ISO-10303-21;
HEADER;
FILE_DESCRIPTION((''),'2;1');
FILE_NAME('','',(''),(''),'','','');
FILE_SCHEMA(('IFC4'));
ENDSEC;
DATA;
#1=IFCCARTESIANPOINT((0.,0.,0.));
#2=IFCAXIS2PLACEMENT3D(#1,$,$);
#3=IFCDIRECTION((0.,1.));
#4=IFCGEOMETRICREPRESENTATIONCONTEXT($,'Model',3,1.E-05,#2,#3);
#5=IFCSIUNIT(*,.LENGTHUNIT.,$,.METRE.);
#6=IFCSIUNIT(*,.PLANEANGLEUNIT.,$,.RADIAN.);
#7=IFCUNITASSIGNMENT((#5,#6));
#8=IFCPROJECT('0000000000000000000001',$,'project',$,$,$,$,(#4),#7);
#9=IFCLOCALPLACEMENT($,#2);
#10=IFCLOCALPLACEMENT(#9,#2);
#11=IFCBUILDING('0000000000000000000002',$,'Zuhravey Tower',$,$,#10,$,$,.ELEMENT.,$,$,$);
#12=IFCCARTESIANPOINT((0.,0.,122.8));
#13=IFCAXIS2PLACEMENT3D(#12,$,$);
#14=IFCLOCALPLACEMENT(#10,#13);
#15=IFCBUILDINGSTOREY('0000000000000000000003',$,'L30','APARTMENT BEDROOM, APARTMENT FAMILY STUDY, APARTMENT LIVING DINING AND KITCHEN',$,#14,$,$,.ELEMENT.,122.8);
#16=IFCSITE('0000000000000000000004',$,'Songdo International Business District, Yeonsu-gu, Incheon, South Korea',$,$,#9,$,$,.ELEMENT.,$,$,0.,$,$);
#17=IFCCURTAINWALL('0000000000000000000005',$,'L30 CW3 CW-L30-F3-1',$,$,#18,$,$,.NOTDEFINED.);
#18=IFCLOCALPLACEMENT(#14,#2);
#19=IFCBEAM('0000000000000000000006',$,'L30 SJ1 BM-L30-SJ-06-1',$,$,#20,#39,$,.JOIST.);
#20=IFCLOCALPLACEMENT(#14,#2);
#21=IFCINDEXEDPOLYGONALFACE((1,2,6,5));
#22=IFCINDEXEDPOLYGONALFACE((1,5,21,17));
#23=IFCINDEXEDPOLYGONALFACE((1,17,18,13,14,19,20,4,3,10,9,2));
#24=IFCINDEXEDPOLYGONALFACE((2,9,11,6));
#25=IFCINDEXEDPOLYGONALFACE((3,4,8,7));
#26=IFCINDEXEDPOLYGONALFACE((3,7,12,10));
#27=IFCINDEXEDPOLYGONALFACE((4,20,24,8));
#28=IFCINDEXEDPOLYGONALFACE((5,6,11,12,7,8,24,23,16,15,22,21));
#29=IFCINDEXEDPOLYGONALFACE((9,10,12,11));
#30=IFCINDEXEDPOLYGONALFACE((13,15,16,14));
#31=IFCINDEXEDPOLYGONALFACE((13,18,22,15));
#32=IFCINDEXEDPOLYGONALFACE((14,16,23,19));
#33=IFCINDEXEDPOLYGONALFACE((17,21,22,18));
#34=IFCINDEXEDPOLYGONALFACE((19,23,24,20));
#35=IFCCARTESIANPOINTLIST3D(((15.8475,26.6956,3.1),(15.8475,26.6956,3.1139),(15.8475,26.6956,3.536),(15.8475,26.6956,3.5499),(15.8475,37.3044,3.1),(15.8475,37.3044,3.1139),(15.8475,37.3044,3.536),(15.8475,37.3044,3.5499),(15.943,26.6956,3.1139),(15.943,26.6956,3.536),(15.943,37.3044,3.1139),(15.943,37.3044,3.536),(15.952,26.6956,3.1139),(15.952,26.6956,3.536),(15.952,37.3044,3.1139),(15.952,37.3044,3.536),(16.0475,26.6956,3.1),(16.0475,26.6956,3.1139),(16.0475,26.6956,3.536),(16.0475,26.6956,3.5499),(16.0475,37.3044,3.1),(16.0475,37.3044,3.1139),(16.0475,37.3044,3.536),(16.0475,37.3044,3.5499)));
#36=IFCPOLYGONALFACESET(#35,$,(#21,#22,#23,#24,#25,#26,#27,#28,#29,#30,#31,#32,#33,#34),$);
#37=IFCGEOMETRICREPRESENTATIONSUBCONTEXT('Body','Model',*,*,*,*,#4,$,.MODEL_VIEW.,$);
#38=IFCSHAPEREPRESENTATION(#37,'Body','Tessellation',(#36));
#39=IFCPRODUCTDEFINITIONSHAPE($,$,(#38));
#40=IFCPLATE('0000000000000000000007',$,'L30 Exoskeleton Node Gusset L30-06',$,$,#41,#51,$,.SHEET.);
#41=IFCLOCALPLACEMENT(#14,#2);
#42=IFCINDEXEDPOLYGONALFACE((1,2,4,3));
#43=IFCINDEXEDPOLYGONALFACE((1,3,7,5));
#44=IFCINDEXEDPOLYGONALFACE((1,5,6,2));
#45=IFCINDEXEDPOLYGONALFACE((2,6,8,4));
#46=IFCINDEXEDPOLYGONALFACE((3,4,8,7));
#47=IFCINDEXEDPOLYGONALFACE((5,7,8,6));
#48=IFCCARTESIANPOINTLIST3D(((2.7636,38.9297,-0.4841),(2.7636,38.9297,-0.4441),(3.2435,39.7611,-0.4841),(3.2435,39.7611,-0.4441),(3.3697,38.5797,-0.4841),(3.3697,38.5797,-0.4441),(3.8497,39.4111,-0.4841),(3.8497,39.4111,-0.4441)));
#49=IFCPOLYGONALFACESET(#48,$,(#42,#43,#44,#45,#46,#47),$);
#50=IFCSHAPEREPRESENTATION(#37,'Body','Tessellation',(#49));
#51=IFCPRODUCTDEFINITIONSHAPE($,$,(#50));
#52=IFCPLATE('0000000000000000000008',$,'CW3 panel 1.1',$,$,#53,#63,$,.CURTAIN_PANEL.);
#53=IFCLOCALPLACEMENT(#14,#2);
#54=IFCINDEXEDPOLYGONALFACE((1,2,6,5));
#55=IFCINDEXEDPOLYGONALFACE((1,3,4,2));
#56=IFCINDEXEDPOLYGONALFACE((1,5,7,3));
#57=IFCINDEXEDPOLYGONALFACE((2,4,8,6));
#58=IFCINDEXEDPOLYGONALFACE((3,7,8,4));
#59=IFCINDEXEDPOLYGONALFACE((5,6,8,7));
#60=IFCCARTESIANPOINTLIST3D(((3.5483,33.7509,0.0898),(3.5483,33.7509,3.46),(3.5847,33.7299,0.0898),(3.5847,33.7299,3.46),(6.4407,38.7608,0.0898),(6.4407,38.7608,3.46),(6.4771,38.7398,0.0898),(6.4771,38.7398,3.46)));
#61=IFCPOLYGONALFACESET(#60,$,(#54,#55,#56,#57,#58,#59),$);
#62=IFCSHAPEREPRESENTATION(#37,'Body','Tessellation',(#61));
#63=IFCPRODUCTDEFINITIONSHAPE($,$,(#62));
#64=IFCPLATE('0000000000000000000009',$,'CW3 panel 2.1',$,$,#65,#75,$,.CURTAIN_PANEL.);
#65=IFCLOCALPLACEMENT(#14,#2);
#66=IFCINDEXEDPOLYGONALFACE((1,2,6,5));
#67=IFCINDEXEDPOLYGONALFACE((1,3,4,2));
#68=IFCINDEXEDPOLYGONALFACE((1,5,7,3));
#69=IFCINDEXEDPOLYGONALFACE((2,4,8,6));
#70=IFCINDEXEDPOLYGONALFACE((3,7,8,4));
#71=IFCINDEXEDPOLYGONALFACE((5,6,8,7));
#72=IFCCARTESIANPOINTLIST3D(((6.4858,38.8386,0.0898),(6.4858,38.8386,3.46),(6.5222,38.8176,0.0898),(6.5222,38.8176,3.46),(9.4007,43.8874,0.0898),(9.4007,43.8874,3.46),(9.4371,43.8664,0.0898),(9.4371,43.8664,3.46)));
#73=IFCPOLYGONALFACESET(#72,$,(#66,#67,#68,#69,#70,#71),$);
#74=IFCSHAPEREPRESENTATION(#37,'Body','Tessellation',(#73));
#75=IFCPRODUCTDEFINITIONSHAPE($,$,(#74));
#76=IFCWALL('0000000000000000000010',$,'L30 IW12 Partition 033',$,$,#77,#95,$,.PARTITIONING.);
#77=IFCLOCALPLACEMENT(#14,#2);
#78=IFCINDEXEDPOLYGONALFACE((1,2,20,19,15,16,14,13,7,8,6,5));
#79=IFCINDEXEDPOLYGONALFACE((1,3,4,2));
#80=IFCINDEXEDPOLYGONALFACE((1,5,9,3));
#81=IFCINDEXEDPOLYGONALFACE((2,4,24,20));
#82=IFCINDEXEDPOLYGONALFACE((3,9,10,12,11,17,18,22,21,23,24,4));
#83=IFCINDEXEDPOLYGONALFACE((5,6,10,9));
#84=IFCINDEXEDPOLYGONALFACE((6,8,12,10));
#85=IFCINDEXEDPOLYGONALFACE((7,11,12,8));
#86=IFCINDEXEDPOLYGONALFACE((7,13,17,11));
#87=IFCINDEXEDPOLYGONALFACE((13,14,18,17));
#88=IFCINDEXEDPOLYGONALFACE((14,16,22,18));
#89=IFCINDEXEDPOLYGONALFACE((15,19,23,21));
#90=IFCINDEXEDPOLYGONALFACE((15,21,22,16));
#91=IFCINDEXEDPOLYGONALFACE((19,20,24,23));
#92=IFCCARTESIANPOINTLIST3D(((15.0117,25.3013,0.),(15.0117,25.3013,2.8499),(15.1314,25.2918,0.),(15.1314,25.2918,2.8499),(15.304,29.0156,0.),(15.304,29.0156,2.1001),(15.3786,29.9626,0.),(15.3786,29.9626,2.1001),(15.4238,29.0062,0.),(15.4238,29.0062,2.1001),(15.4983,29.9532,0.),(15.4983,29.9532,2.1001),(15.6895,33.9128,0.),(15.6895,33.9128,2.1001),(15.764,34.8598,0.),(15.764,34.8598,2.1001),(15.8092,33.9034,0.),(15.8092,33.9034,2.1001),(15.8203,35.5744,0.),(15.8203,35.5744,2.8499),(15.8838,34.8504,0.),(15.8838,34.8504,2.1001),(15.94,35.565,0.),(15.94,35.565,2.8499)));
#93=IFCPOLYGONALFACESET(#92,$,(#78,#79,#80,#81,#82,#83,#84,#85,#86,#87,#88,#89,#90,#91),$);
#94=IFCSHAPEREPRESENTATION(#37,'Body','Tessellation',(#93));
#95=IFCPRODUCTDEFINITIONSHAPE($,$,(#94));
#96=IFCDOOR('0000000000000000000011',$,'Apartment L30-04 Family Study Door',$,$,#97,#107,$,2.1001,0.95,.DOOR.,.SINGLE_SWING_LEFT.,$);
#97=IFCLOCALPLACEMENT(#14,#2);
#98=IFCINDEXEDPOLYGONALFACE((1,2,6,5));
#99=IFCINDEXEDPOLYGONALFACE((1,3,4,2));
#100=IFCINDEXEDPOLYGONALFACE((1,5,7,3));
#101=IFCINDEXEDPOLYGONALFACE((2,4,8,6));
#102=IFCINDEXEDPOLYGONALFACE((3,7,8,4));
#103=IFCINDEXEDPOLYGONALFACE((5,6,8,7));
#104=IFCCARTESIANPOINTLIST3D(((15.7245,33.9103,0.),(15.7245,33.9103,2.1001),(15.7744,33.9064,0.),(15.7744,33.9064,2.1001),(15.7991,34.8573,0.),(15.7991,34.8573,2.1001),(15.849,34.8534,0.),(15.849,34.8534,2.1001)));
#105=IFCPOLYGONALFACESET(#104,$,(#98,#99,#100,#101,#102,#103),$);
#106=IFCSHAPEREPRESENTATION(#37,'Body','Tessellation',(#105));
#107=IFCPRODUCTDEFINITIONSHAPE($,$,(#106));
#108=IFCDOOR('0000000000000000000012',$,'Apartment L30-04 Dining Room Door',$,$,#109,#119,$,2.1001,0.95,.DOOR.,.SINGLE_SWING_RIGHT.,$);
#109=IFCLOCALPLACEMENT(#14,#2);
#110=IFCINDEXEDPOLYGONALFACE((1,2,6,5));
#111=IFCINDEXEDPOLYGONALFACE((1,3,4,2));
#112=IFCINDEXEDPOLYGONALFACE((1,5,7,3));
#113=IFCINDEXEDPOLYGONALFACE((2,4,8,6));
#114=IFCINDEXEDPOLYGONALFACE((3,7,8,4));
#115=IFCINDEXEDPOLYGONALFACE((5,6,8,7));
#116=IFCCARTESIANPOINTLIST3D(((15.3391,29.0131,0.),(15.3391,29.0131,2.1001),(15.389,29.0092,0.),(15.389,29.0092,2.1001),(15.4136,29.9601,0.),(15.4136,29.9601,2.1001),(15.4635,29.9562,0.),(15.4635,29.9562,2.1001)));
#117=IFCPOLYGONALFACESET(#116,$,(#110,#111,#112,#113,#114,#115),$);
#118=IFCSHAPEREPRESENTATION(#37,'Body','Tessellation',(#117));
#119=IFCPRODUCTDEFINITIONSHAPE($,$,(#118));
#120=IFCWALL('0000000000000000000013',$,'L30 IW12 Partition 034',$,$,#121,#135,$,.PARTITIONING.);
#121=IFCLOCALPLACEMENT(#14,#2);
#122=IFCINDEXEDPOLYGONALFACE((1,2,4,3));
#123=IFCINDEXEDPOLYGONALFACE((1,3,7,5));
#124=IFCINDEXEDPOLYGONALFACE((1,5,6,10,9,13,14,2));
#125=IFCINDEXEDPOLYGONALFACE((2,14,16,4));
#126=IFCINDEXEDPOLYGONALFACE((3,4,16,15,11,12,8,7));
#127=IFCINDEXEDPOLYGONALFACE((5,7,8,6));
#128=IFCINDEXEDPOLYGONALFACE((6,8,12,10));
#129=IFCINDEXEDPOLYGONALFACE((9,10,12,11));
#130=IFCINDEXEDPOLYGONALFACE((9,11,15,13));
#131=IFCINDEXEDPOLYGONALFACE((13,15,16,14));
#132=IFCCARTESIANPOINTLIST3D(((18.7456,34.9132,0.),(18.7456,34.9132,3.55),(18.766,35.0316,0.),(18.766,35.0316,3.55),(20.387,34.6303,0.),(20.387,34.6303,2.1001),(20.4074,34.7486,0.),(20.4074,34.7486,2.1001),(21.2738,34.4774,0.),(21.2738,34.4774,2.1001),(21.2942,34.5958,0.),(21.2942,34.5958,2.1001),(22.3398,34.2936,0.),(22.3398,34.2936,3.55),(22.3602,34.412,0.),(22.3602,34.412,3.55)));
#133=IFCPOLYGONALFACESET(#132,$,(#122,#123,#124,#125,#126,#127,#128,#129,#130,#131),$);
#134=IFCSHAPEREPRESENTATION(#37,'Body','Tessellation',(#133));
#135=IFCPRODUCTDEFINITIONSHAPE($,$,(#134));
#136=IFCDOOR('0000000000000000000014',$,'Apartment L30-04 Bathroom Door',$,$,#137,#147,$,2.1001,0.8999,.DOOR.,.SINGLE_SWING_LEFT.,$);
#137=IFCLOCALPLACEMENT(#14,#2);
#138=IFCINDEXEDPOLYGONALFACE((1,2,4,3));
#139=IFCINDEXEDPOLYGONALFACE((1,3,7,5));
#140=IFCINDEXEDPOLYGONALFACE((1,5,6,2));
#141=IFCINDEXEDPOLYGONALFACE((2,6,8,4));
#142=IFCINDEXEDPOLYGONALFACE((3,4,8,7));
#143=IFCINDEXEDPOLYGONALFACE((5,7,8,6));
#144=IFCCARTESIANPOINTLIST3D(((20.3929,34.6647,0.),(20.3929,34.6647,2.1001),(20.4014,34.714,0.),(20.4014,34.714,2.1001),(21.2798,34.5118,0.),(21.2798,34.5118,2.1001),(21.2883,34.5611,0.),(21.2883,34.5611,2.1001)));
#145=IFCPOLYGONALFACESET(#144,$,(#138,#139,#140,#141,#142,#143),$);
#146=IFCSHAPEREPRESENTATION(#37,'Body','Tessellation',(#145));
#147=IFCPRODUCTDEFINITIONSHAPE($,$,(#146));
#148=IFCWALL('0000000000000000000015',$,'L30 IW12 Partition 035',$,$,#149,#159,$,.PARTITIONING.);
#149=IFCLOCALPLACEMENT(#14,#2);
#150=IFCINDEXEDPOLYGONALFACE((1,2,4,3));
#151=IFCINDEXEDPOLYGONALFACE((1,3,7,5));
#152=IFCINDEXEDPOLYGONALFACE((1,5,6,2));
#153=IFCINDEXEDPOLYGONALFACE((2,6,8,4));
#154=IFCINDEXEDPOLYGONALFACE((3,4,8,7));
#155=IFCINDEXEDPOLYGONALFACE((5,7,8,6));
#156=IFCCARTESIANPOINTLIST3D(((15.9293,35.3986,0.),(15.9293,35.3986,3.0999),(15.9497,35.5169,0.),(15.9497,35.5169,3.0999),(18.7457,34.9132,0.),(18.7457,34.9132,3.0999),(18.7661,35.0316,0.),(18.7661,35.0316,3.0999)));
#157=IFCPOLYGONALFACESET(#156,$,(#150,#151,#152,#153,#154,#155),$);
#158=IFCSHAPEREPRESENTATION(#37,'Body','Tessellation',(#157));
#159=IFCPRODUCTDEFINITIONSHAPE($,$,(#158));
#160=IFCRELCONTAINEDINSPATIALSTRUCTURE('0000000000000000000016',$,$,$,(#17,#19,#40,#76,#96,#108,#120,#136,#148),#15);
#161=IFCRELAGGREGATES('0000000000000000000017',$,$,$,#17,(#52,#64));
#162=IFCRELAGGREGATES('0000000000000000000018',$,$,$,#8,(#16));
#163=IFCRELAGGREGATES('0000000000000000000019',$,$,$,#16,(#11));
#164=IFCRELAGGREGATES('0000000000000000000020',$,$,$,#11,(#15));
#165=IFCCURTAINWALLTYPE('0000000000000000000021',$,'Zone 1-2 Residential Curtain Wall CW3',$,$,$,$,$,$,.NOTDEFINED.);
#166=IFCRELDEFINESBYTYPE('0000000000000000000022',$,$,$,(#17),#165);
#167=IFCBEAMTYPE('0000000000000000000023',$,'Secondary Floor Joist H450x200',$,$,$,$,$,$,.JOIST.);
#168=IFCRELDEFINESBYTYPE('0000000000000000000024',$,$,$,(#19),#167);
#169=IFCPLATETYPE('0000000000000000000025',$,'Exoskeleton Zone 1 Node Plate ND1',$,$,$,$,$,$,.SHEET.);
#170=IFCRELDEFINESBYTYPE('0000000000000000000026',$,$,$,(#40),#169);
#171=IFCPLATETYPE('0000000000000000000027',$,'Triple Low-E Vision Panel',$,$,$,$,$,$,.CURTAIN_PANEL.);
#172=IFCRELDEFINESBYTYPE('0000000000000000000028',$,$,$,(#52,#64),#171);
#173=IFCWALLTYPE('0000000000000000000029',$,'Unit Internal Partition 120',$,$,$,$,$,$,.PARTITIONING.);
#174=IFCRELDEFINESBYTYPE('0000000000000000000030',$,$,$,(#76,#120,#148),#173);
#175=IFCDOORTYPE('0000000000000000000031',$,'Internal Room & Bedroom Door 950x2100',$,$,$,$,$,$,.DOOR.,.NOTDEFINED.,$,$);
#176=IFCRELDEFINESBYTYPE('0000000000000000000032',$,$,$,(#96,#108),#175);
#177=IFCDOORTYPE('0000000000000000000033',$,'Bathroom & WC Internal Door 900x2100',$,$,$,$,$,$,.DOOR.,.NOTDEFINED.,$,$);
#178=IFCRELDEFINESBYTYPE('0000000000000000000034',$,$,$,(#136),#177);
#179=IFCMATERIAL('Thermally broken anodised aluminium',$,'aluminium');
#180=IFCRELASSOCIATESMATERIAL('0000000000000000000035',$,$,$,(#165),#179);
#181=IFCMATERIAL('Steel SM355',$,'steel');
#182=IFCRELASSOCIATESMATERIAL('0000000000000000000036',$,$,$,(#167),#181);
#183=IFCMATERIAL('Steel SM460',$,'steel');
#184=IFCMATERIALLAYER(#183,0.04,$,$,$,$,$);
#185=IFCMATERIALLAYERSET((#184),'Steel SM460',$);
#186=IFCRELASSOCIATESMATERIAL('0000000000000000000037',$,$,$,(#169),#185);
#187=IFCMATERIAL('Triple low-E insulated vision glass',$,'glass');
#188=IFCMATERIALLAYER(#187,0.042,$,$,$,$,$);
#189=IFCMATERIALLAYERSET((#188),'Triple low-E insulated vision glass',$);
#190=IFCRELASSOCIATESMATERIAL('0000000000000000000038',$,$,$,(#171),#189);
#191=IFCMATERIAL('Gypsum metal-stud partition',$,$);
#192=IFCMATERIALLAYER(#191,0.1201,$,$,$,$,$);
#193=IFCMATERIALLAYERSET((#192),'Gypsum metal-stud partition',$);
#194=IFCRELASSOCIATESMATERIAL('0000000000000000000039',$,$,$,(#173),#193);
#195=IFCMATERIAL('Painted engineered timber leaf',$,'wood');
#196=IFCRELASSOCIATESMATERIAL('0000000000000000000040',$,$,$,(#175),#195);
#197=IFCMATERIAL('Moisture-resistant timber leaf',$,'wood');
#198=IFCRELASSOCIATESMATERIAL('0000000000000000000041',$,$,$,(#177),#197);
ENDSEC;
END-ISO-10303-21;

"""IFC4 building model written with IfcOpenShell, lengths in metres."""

from ifc_helpers import new_model, si_unit, direction, frame, frame_2d, origin, origin_2d, place, context, subcontext, project, spatial, rectangle, i_section, extrude, material, layer, layer_set, material_profile, profile_set, type_object, element, fill, aggregate, save


model = new_model("IFC4")

# Units and contexts
model_context = context("Model", 3, precision=1e-05, world=origin(), true_north=direction((0.0, 1.0)))
body_context = subcontext(model_context, "Body", "Model", "MODEL_VIEW")
ifc_project = project(units=[si_unit("LENGTHUNIT", "METRE"), si_unit("PLANEANGLEUNIT", "RADIAN")], contexts=[model_context])

# Site, building, storey
site_placement = place(None, origin())
site = spatial("IfcSite", under=ifc_project, at=site_placement, Name="Songdo International Business District, Yeonsu-gu, Incheon, South Korea", CompositionType="ELEMENT", RefElevation=0.0)
building_placement = place(site_placement, origin())
building = spatial("IfcBuilding", under=site, at=building_placement, Name="Zuhravey Tower", CompositionType="ELEMENT")
storey_placement = place(building_placement, frame((0.0, 0.0, 122.8)))
storey = spatial("IfcBuildingStorey", under=building, at=storey_placement, Name="L30", Description="APARTMENT BEDROOM, APARTMENT FAMILY STUDY, APARTMENT LIVING DINING AND KITCHEN", CompositionType="ELEMENT", Elevation=122.8)

# Curtain wall
ifc_material_1 = material(Name="Thermally broken anodised aluminium", Category="aluminium")
curtain_wall_type = type_object("IfcCurtainWallType", Name="Zone 1-2 Residential Curtain Wall CW3", PredefinedType="NOTDEFINED", material=ifc_material_1)
curtain_wall_placement = place(storey_placement, origin())
curtain_wall = element("IfcCurtainWall", 1, at=curtain_wall_placement, inside=storey, type_object=curtain_wall_type, Name="L30 CW3 CW-L30-F3-1", PredefinedType="NOTDEFINED")

# Shared definitions
ifc_material_2 = material(Name="Steel SM460", Category="steel")

# Beam
ifc_material_3 = material(Name="Steel SM355", Category="steel")
ifc_material_profile_1 = material_profile(ifc_material_3, i_section(OverallWidth=0.2, OverallDepth=0.45, WebThickness=0.009, FlangeThickness=0.0139, at=origin_2d()), Name="H-450x200x9x14")
ifc_profile_set_1 = profile_set([ifc_material_profile_1], Name="Steel SM355")
beam_type_1 = type_object("IfcBeamType", Name="Secondary Floor Joist H450x200", PredefinedType="JOIST", material=ifc_profile_set_1)
beam_1_placement = place(storey_placement, frame((15.9475, 37.3044, 3.325), z_axis=(0.0, -1.0, 0.0), x_axis=(1.0, 0.0, 0.0)))
element("IfcBeam", 2, at=beam_1_placement, inside=storey, type_object=beam_type_1, Name="L30 SJ1 BM-L30-SJ-06-1", PredefinedType="JOIST", context=body_context, shape_type="SweptSolid", body=[
    extrude(i_section(OverallWidth=0.2, OverallDepth=0.45, WebThickness=0.009, FlangeThickness=0.0139, at=origin_2d()), origin(), (0.0, 0.0, 1.0), 10.6089),
])

# Plates
ifc_layer_1 = layer(ifc_material_2, 0.04)
ifc_layer_set_1 = layer_set([ifc_layer_1], Name="Steel SM460")
plate_type_1 = type_object("IfcPlateType", Name="Exoskeleton Zone 1 Node Plate ND1", PredefinedType="SHEET", material=ifc_layer_set_1)
plate_1_placement = place(storey_placement, frame((3.3066, 39.1704, -0.4841), z_axis=(0.0, 0.0, 1.0), x_axis=(-0.5, -0.866025, 0.0)))
element("IfcPlate", 3, at=plate_1_placement, inside=storey, type_object=plate_type_1, Name="L30 Exoskeleton Node Gusset L30-06", PredefinedType="SHEET", context=body_context, shape_type="SweptSolid", body=[
    extrude(rectangle(XDim=0.96, YDim=0.7, at=origin_2d()), origin(), (0.0, 0.0, 1.0), 0.04),
])
ifc_material_4 = material(Name="Triple low-E insulated vision glass", Category="glass")
ifc_layer_2 = layer(ifc_material_4, 0.042)
ifc_layer_set_2 = layer_set([ifc_layer_2], Name="Triple low-E insulated vision glass")
plate_type_2 = type_object("IfcPlateType", Name="Triple Low-E Vision Panel", PredefinedType="CURTAIN_PANEL", material=ifc_layer_set_2)
plate_2_placement = place(storey_placement, frame((5.0127, 36.2454, 0.0898), z_axis=(0.0, 0.0, 1.0), x_axis=(0.5, 0.866026, 0.0)))
plate_2 = element("IfcPlate", 4, at=plate_2_placement, type_object=plate_type_2, Name="CW3 panel 1.1", PredefinedType="CURTAIN_PANEL", context=body_context, shape_type="SweptSolid", body=[
    extrude(rectangle(XDim=5.7849, YDim=0.042, at=origin_2d()), origin(), (0.0, 0.0, 1.0), 3.3701),
])
plate_3_placement = place(storey_placement, frame((7.9614, 41.3525, 0.0898), z_axis=(0.0, 0.0, 1.0), x_axis=(0.5, 0.866026, 0.0)))
plate_3 = element("IfcPlate", 5, at=plate_3_placement, type_object=plate_type_2, Name="CW3 panel 2.1", PredefinedType="CURTAIN_PANEL", context=body_context, shape_type="SweptSolid", body=[
    extrude(rectangle(XDim=5.8298, YDim=0.042, at=origin_2d()), origin(), (0.0, 0.0, 1.0), 3.3701),
])
aggregate(curtain_wall, [plate_2, plate_3])

# Wall, openings, doors
ifc_material_5 = material(Name="Gypsum metal-stud partition")
ifc_layer_3 = layer(ifc_material_5, 0.1201)
ifc_layer_set_3 = layer_set([ifc_layer_3], Name="Gypsum metal-stud partition")
wall_type = type_object("IfcWallType", Name="Unit Internal Partition 120", PredefinedType="PARTITIONING", material=ifc_layer_set_3)
wall_1_placement = place(storey_placement, frame((15.8801, 35.5696, 0.0), z_axis=(0.0, 0.0, 1.0), x_axis=(-0.078466, -0.996917, 0.0)))
wall_1 = element("IfcWall", 6, at=wall_1_placement, inside=storey, type_object=wall_type, Name="L30 IW12 Partition 033", PredefinedType="PARTITIONING", context=body_context, shape_type="SweptSolid", body=[
    extrude(rectangle(XDim=10.3049, YDim=0.1201, at=frame_2d((5.1523, 0.0))), origin(), (0.0, 0.0, 1.0), 2.8499),
])
opening_1_placement = place(wall_1_placement, frame((0.7166, 0.0, 0.0)))
opening_1 = element("IfcOpeningElement", 7, at=opening_1_placement, cuts=wall_1, PredefinedType="OPENING", context=body_context, shape_type="SweptSolid", body=[
    extrude(rectangle(XDim=0.95, YDim=2.1001, at=frame_2d((0.4751, 1.05))), frame((0.0, 0.072, 0.0), z_axis=(0.0, -1.0, 0.0), x_axis=(1.0, 0.0, 0.0)), (0.0, 0.0, 1.0), 0.144),
])
opening_2_placement = place(wall_1_placement, frame((5.6289, 0.0, 0.0)))
opening_2 = element("IfcOpeningElement", 8, at=opening_2_placement, cuts=wall_1, PredefinedType="OPENING", context=body_context, shape_type="SweptSolid", body=[
    extrude(rectangle(XDim=0.95, YDim=2.1001, at=frame_2d((0.4751, 1.05))), frame((0.0, 0.072, 0.0), z_axis=(0.0, -1.0, 0.0), x_axis=(1.0, 0.0, 0.0)), (0.0, 0.0, 1.0), 0.144),
])
ifc_material_6 = material(Name="Painted engineered timber leaf", Category="wood")
door_type_1 = type_object("IfcDoorType", Name="Internal Room & Bedroom Door 950x2100", OperationType="NOTDEFINED", PredefinedType="DOOR", material=ifc_material_6)
door_1_placement = place(opening_1_placement, frame((0.95, 0.0, 0.0), z_axis=(0.0, 0.0, 1.0), x_axis=(-1.0, 0.0, 0.0)))
door_1 = element("IfcDoor", 9, at=door_1_placement, inside=storey, type_object=door_type_1, Name="Apartment L30-04 Family Study Door", OperationType="SINGLE_SWING_LEFT", OverallHeight=2.1001, OverallWidth=0.95, PredefinedType="DOOR", context=body_context, shape_type="SweptSolid", body=[
    extrude(rectangle(XDim=0.95, YDim=2.1001, at=frame_2d((0.4751, 1.05))), frame((0.0, 0.0249, 0.0), z_axis=(0.0, -1.0, 0.0), x_axis=(1.0, 0.0, 0.0)), (0.0, 0.0, 1.0), 0.05),
])
fill(opening_1, door_1)
door_2_placement = place(opening_2_placement, frame((0.95, 0.0, 0.0), z_axis=(0.0, 0.0, 1.0), x_axis=(-1.0, 0.0, 0.0)))
door_2 = element("IfcDoor", 10, at=door_2_placement, inside=storey, type_object=door_type_1, Name="Apartment L30-04 Dining Room Door", OperationType="SINGLE_SWING_RIGHT", OverallHeight=2.1001, OverallWidth=0.95, PredefinedType="DOOR", context=body_context, shape_type="SweptSolid", body=[
    extrude(rectangle(XDim=0.95, YDim=2.1001, at=frame_2d((0.4751, 1.05))), frame((0.0, 0.0249, 0.0), z_axis=(0.0, -1.0, 0.0), x_axis=(1.0, 0.0, 0.0)), (0.0, 0.0, 1.0), 0.05),
])
fill(opening_2, door_2)

# Wall, opening, door
wall_2_placement = place(storey_placement, frame((22.3501, 34.3528, 0.0), z_axis=(0.0, 0.0, 1.0), x_axis=(-0.985463, 0.169889, 0.0)))
wall_2 = element("IfcWall", 11, at=wall_2_placement, inside=storey, type_object=wall_type, Name="L30 IW12 Partition 034", PredefinedType="PARTITIONING", context=body_context, shape_type="SweptSolid", body=[
    extrude(rectangle(XDim=3.6472, YDim=0.1201, at=frame_2d((1.8237, 0.0))), origin(), (0.0, 0.0, 1.0), 3.55),
])
opening_3_placement = place(wall_2_placement, frame((1.0818, 0.0, 0.0)))
opening_3 = element("IfcOpeningElement", 12, at=opening_3_placement, cuts=wall_2, PredefinedType="OPENING", context=body_context, shape_type="SweptSolid", body=[
    extrude(rectangle(XDim=0.8999, YDim=2.1001, at=frame_2d((0.45, 1.05))), frame((0.0, 0.072, 0.0), z_axis=(0.0, -1.0, 0.0), x_axis=(1.0, 0.0, 0.0)), (0.0, 0.0, 1.0), 0.144),
])
ifc_material_7 = material(Name="Moisture-resistant timber leaf", Category="wood")
door_type_2 = type_object("IfcDoorType", Name="Bathroom & WC Internal Door 900x2100", OperationType="NOTDEFINED", PredefinedType="DOOR", material=ifc_material_7)
door_3_placement = place(opening_3_placement, frame((0.8999, 0.0, 0.0), z_axis=(0.0, 0.0, 1.0), x_axis=(-1.0, 0.0, 0.0)))
door_3 = element("IfcDoor", 13, at=door_3_placement, inside=storey, type_object=door_type_2, Name="Apartment L30-04 Bathroom Door", OperationType="SINGLE_SWING_LEFT", OverallHeight=2.1001, OverallWidth=0.8999, PredefinedType="DOOR", context=body_context, shape_type="SweptSolid", body=[
    extrude(rectangle(XDim=0.8999, YDim=2.1001, at=frame_2d((0.45, 1.05))), frame((0.0, 0.0249, 0.0), z_axis=(0.0, -1.0, 0.0), x_axis=(1.0, 0.0, 0.0)), (0.0, 0.0, 1.0), 0.05),
])
fill(opening_3, door_3)

# Wall
wall_3_placement = place(storey_placement, frame((18.7559, 34.9724, 0.0), z_axis=(0.0, 0.0, 1.0), x_axis=(-0.985474, 0.169827, 0.0)))
element("IfcWall", 14, at=wall_3_placement, inside=storey, type_object=wall_type, Name="L30 IW12 Partition 035", PredefinedType="PARTITIONING", context=body_context, shape_type="SweptSolid", body=[
    extrude(rectangle(XDim=2.8579, YDim=0.1201, at=frame_2d((1.429, 0.0))), origin(), (0.0, 0.0, 1.0), 3.0999),
])

save(model, "model.ifc")
